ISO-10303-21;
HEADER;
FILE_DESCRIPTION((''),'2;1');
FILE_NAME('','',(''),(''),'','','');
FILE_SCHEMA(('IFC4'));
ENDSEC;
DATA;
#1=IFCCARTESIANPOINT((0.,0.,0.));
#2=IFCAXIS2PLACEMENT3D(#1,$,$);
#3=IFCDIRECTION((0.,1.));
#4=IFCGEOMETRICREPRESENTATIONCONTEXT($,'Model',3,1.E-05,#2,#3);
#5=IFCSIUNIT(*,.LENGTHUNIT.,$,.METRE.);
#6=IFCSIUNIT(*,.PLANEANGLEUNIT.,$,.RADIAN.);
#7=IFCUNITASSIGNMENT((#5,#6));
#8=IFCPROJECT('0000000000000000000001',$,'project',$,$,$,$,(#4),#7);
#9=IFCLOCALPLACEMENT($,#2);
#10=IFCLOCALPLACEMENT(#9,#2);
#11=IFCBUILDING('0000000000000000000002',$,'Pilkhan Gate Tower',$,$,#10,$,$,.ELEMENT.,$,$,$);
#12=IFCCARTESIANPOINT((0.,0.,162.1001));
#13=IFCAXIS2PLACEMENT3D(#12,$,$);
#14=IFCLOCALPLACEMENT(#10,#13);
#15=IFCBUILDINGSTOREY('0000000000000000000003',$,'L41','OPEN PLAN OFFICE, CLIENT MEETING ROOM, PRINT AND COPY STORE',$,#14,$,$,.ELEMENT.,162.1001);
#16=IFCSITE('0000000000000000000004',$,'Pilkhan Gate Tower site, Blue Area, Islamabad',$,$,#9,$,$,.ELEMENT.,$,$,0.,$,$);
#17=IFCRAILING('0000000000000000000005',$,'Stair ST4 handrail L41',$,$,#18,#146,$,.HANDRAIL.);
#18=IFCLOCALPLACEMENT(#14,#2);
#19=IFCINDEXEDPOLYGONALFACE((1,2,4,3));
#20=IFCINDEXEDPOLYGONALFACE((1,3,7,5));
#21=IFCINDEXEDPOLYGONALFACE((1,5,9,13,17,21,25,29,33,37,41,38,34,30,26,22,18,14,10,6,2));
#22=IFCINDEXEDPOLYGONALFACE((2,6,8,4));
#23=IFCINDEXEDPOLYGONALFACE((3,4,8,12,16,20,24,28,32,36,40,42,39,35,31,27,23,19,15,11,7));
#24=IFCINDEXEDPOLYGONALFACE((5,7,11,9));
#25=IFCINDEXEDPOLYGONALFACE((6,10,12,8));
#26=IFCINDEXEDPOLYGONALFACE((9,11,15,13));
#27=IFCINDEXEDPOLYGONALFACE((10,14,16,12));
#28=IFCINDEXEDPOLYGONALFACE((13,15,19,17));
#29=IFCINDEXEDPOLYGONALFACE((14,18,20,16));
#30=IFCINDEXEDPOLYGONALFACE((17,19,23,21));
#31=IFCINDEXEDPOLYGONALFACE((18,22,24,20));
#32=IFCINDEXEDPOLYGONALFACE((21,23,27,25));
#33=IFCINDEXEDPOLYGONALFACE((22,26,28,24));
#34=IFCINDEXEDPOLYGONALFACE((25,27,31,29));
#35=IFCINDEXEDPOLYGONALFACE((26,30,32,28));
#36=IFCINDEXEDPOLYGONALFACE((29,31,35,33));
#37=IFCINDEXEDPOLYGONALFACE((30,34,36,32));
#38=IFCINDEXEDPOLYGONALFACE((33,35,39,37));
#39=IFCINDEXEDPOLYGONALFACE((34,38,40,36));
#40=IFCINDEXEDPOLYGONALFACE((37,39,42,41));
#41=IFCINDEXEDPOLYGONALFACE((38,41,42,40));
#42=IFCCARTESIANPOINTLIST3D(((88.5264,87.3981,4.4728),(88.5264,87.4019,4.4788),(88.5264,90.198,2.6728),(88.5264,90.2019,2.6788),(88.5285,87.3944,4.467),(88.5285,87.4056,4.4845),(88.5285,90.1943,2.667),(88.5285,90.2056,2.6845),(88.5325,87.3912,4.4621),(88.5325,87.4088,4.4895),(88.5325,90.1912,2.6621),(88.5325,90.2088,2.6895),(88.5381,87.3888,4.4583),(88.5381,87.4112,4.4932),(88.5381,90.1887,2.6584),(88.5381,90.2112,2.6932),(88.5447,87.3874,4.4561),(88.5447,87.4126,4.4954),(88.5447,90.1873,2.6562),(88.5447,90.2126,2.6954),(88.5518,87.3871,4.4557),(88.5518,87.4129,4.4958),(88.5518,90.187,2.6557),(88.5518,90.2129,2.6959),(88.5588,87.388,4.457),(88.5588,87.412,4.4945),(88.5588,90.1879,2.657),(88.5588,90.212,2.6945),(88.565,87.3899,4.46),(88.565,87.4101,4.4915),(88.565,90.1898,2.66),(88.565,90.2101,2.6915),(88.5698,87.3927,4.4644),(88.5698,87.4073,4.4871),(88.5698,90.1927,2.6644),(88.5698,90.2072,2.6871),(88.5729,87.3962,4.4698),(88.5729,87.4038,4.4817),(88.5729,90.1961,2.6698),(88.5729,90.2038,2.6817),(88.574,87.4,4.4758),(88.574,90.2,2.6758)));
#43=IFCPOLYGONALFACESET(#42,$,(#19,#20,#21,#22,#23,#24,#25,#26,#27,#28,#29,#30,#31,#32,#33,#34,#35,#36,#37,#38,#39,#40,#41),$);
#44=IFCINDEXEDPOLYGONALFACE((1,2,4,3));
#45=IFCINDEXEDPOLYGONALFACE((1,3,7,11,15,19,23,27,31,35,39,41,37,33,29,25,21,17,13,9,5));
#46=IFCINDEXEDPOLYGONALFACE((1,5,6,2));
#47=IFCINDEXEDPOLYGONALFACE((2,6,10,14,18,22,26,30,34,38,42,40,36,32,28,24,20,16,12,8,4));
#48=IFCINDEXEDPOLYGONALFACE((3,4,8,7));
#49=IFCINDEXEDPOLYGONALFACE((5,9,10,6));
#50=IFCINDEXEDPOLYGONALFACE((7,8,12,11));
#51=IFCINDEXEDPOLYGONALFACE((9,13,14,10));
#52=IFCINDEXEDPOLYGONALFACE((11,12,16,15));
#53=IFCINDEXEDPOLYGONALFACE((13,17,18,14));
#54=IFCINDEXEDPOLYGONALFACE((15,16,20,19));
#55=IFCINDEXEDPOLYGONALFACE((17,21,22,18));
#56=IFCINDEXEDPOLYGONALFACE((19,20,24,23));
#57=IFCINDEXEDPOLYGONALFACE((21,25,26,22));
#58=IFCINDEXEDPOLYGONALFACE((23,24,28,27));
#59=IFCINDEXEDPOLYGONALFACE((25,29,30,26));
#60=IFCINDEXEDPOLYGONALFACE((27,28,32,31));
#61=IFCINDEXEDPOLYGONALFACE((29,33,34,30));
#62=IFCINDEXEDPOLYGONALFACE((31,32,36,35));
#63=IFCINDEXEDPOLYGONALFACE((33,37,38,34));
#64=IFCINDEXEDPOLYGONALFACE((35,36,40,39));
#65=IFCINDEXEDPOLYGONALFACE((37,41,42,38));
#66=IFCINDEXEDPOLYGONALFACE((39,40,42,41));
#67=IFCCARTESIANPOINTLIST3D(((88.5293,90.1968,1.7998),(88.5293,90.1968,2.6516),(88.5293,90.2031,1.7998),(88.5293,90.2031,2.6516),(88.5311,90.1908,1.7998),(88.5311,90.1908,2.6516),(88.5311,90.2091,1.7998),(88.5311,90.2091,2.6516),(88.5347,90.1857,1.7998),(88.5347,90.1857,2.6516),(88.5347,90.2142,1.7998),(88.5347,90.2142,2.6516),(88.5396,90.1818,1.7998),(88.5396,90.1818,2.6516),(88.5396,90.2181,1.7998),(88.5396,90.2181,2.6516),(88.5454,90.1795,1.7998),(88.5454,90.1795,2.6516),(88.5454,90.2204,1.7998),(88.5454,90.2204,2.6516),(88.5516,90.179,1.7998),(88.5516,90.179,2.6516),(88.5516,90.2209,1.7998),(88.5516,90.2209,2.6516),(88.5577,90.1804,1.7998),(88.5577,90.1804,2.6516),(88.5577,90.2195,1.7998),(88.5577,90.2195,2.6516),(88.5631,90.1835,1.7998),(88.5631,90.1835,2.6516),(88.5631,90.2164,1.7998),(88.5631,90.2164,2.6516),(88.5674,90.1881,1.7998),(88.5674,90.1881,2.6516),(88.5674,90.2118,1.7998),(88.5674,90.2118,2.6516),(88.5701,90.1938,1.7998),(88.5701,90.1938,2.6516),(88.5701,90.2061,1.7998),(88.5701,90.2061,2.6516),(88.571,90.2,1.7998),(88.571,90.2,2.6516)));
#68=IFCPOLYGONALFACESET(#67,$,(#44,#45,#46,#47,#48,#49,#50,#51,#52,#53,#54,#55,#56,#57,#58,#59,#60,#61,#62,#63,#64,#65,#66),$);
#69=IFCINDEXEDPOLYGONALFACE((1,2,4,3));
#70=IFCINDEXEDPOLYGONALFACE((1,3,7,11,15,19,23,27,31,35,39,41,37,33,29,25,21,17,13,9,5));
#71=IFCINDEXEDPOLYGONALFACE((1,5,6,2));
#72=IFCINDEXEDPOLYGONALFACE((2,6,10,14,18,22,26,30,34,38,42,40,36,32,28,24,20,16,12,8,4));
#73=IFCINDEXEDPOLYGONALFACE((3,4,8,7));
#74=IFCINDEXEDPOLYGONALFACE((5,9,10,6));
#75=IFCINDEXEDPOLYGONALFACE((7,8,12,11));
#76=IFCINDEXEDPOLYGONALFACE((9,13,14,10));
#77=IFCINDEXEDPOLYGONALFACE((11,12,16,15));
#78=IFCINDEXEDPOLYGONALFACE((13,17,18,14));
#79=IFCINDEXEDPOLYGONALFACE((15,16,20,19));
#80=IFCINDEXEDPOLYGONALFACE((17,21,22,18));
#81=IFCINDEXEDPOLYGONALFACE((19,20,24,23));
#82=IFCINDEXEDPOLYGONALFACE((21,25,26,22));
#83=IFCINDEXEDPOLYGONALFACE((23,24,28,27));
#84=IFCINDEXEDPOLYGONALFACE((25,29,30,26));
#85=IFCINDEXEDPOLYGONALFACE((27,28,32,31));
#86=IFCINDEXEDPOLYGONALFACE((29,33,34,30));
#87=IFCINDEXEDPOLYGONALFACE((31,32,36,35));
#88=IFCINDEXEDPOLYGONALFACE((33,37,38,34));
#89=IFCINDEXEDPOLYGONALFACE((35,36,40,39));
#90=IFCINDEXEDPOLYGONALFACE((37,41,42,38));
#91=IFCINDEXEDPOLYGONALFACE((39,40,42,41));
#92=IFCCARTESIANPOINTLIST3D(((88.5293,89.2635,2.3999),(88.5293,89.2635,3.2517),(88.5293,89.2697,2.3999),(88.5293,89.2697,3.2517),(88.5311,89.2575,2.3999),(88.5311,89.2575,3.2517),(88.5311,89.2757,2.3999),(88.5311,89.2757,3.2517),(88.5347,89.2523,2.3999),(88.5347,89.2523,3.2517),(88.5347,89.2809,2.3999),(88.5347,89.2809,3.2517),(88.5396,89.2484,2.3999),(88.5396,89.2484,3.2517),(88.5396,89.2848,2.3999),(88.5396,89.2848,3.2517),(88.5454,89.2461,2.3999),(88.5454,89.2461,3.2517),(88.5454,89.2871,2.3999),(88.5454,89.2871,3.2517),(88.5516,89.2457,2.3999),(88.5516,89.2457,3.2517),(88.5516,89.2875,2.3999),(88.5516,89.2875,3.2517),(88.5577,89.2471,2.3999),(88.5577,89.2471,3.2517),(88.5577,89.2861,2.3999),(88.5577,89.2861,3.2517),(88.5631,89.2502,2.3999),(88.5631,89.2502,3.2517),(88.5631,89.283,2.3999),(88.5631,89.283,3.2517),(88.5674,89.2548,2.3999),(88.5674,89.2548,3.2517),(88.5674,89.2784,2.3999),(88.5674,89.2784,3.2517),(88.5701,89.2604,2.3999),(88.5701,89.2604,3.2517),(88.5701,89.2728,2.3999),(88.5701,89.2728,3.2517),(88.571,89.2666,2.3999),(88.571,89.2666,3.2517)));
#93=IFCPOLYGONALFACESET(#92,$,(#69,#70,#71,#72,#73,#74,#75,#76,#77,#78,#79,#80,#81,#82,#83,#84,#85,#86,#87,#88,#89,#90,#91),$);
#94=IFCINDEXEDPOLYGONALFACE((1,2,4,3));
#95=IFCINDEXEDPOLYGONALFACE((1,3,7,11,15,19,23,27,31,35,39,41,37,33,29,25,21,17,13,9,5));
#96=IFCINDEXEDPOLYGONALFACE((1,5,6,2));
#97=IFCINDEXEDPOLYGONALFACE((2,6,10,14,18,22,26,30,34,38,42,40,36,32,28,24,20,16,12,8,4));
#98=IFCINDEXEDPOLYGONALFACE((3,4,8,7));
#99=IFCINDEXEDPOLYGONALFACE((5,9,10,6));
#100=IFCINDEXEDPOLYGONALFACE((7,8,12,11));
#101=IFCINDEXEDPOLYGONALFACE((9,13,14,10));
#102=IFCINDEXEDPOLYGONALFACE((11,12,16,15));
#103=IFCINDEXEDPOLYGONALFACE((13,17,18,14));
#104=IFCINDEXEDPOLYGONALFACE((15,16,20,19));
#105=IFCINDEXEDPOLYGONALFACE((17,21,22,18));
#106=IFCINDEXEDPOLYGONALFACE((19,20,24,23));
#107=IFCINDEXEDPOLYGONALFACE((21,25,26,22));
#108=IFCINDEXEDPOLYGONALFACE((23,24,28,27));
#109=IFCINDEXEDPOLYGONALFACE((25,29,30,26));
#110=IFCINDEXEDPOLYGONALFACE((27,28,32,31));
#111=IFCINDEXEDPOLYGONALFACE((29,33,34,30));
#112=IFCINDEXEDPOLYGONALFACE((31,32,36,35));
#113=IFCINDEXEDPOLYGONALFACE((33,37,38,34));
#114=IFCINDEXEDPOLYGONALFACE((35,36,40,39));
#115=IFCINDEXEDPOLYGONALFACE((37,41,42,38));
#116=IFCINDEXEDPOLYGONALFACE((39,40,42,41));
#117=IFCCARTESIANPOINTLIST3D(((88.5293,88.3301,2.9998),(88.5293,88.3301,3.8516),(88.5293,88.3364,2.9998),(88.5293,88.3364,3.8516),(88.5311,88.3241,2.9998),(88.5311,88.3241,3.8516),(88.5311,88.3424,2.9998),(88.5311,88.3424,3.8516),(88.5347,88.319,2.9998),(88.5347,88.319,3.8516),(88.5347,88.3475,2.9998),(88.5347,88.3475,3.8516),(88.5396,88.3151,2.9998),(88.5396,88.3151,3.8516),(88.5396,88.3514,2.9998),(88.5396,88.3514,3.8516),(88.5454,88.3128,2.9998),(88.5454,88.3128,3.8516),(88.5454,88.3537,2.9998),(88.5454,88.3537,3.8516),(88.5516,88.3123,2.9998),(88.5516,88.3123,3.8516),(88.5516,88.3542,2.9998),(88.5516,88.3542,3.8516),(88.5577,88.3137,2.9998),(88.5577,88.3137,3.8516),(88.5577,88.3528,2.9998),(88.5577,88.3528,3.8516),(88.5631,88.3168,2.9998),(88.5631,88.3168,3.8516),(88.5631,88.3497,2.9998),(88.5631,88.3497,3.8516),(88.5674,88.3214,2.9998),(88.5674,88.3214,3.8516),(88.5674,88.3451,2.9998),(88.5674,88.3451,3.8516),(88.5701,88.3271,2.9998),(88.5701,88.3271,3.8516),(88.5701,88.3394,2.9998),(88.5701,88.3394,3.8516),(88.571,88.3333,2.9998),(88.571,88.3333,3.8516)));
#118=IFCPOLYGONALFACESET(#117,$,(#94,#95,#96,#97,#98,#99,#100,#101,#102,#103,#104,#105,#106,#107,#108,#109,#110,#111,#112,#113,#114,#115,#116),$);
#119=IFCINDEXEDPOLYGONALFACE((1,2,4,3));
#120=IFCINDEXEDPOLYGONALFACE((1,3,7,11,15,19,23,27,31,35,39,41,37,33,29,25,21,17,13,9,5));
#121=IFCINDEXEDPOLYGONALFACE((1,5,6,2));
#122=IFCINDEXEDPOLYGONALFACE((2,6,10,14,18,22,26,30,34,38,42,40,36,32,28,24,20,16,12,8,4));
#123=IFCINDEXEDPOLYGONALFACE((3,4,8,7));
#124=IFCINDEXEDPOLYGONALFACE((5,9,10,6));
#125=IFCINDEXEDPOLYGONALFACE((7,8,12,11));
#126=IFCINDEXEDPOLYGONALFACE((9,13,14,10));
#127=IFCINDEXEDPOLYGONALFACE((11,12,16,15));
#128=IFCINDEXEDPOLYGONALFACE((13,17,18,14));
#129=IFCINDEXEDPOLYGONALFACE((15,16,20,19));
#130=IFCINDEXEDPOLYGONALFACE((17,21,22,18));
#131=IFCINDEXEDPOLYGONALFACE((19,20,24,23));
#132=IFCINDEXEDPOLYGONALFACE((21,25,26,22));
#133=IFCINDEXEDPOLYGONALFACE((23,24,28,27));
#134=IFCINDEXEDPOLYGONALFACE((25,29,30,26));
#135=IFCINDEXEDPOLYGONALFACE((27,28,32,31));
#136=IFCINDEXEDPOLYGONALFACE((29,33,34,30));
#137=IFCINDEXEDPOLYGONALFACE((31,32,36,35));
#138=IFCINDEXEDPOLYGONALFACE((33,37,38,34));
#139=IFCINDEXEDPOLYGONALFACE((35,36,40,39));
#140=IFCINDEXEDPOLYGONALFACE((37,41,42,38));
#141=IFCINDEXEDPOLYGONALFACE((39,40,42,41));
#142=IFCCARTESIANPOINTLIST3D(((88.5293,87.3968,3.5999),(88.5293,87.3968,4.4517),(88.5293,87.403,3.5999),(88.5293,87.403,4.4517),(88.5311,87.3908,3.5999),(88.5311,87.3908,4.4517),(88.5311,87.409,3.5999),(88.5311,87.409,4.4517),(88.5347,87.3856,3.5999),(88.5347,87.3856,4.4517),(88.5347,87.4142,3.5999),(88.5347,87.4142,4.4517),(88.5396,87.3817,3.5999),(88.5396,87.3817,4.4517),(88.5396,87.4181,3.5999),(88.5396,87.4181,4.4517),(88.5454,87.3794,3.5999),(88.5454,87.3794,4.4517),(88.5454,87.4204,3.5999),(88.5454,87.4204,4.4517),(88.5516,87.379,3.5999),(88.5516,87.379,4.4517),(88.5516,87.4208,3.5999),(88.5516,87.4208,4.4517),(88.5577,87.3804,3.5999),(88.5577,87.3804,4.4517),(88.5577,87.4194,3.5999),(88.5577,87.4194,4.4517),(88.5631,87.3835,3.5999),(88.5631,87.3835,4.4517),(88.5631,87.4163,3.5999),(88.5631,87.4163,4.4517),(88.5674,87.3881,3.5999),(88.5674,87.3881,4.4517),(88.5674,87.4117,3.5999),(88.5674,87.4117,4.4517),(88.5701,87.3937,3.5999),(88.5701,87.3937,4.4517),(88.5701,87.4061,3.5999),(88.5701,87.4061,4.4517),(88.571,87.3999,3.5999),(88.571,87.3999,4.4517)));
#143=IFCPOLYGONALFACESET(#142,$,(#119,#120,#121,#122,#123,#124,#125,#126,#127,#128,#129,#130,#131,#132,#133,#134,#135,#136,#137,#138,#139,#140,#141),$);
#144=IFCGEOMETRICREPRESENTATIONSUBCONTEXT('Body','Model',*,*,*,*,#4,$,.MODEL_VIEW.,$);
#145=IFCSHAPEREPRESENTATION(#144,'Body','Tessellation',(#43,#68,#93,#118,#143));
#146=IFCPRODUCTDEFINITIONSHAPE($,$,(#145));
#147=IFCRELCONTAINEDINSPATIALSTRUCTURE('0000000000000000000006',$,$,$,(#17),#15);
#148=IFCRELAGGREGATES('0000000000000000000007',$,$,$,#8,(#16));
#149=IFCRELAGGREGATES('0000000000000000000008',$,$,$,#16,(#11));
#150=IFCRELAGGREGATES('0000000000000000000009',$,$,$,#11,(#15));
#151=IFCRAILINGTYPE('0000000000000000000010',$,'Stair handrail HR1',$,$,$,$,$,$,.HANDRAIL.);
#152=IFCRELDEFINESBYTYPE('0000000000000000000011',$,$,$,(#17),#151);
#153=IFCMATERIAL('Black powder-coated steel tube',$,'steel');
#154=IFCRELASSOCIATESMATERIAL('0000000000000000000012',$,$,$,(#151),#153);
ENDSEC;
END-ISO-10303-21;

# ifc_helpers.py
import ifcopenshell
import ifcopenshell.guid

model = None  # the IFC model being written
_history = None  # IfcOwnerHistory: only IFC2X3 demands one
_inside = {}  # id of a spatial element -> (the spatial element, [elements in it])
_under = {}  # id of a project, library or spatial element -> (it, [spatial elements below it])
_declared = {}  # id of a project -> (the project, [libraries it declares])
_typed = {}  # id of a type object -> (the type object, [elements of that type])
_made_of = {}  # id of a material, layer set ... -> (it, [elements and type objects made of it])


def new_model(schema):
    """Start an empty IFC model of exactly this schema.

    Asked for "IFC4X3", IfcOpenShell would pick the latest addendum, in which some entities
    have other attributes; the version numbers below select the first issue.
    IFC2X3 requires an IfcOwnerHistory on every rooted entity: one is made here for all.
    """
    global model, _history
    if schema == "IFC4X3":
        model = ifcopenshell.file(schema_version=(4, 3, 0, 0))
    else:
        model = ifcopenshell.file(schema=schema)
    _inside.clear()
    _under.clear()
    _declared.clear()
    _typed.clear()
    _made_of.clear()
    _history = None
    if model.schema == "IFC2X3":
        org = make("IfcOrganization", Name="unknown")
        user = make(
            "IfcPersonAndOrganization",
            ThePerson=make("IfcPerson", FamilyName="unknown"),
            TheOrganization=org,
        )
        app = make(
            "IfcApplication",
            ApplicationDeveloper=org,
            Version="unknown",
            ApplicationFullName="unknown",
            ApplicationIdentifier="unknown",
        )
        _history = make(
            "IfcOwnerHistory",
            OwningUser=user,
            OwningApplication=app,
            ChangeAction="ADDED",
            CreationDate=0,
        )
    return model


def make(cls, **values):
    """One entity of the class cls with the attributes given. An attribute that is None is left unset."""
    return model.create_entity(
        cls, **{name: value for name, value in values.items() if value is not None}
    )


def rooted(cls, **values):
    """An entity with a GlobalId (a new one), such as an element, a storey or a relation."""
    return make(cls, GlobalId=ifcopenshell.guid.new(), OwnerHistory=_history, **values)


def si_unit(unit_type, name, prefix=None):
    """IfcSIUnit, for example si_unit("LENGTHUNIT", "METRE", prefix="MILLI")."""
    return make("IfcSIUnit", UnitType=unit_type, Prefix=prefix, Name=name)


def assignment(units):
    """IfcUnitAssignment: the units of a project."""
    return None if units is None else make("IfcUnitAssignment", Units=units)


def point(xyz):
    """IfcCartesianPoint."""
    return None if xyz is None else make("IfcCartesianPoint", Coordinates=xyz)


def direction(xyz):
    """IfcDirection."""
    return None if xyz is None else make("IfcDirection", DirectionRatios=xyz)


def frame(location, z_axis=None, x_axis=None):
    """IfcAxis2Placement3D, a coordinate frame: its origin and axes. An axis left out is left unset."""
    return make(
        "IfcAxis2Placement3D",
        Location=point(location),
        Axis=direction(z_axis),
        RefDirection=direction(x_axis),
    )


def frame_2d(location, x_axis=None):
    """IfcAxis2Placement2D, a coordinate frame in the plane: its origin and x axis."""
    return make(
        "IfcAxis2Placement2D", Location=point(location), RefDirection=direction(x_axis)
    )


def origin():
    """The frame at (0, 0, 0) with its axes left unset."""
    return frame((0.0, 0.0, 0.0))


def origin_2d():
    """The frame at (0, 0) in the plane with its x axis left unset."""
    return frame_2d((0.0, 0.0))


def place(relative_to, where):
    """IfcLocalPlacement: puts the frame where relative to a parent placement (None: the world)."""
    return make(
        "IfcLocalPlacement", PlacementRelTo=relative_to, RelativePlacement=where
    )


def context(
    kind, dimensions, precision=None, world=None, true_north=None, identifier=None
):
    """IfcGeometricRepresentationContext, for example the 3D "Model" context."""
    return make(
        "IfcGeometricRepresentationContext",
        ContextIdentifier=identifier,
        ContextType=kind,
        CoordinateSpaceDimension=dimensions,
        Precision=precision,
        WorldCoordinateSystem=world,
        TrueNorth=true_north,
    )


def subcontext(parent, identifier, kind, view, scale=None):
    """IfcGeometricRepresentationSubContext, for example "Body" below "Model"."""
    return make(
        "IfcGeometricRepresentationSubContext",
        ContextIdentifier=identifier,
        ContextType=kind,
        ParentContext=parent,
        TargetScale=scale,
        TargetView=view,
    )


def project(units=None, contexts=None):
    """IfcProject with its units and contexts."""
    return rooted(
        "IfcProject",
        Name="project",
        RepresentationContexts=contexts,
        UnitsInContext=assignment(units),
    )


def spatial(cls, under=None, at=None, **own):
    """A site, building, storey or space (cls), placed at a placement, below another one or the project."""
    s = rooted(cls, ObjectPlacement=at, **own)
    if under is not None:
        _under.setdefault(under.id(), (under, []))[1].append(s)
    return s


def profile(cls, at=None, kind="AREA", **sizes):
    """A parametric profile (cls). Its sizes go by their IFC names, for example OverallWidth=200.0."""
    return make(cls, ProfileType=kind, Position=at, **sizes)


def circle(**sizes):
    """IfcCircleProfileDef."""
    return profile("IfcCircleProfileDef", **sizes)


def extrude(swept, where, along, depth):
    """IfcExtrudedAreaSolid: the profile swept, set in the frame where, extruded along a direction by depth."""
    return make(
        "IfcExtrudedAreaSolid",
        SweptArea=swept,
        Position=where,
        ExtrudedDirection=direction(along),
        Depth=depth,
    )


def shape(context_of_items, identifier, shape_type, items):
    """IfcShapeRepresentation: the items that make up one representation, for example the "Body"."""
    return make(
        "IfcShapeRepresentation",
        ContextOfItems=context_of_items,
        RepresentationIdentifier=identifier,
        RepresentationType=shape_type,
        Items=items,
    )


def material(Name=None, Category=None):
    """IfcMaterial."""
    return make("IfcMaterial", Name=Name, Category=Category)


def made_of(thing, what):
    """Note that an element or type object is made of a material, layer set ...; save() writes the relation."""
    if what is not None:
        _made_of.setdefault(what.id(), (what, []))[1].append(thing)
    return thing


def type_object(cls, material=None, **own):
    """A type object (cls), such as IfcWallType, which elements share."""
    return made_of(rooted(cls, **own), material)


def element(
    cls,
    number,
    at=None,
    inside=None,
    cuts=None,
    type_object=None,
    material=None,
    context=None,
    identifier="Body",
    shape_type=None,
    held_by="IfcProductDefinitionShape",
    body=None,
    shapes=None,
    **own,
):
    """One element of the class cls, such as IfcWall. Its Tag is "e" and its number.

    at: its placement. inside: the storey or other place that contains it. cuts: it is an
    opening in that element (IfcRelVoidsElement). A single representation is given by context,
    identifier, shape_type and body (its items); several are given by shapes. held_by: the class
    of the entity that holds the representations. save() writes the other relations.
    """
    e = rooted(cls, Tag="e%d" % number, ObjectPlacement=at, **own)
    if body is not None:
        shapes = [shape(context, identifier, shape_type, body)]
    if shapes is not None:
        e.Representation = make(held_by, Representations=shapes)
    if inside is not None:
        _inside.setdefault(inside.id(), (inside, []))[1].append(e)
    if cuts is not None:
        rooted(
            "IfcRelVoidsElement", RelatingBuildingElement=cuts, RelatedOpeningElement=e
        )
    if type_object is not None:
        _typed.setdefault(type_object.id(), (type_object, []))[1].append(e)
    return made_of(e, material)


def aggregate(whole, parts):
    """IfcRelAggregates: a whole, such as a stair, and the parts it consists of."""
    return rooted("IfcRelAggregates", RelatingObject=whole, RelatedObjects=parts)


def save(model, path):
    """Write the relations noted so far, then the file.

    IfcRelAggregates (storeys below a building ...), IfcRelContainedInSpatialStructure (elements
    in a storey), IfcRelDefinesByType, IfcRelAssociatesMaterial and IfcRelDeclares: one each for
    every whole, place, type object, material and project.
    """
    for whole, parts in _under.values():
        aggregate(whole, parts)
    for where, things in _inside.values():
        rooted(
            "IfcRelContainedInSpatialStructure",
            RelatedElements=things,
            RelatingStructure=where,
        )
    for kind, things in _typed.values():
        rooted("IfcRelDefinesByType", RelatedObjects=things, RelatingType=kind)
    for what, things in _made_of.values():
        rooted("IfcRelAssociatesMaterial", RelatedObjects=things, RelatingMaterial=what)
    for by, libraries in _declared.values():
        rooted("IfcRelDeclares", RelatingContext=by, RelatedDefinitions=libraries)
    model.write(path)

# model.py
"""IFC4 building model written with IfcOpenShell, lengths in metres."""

from ifc_helpers import new_model, si_unit, direction, frame, origin, origin_2d, place, context, subcontext, project, spatial, circle, extrude, material, type_object, element, save


model = new_model("IFC4")

# Units and contexts
model_context = context("Model", 3, precision=1e-05, world=origin(), true_north=direction((0.0, 1.0)))
body_context = subcontext(model_context, "Body", "Model", "MODEL_VIEW")
ifc_project = project(units=[si_unit("LENGTHUNIT", "METRE"), si_unit("PLANEANGLEUNIT", "RADIAN")], contexts=[model_context])

# Site, building, storey
site_placement = place(None, origin())
site = spatial("IfcSite", under=ifc_project, at=site_placement, Name="Pilkhan Gate Tower site, Blue Area, Islamabad", CompositionType="ELEMENT", RefElevation=0.0)
building_placement = place(site_placement, origin())
building = spatial("IfcBuilding", under=site, at=building_placement, Name="Pilkhan Gate Tower", CompositionType="ELEMENT")
storey_placement = place(building_placement, frame((0.0, 0.0, 162.1001)))
storey = spatial("IfcBuildingStorey", under=building, at=storey_placement, Name="L41", Description="OPEN PLAN OFFICE, CLIENT MEETING ROOM, PRINT AND COPY STORE", CompositionType="ELEMENT", Elevation=162.1001)

# Railing
ifc_material_1 = material(Name="Black powder-coated steel tube", Category="steel")
railing_type_1 = type_object("IfcRailingType", Name="Stair handrail HR1", PredefinedType="HANDRAIL", material=ifc_material_1)
railing_1_placement = place(storey_placement, frame((88.55, 90.2, 1.7998)))
element("IfcRailing", 1, at=railing_1_placement, inside=storey, type_object=railing_type_1, Name="Stair ST4 handrail L41", PredefinedType="HANDRAIL", context=body_context, shape_type="SweptSolid", body=[
    extrude(circle(Radius=0.0239, at=origin_2d()), frame((0.0, 0.0, 0.876), z_axis=(0.0, -0.841176, 0.540761), x_axis=(1.0, 0.0, 0.0)), (0.0, 0.0, 1.0), 3.3286),
    extrude(circle(Radius=0.021, at=origin_2d()), origin(), (0.0, 0.0, 1.0), 0.8518),
    extrude(circle(Radius=0.021, at=origin_2d()), frame((0.0, -0.9333, 0.6001)), (0.0, 0.0, 1.0), 0.8518),
    extrude(circle(Radius=0.021, at=origin_2d()), frame((0.0, -1.8667, 1.2)), (0.0, 0.0, 1.0), 0.8518),
    extrude(circle(Radius=0.021, at=origin_2d()), frame((0.0, -2.8, 1.8)), (0.0, 0.0, 1.0), 0.8518),
])

save(model, "model.ifc")
